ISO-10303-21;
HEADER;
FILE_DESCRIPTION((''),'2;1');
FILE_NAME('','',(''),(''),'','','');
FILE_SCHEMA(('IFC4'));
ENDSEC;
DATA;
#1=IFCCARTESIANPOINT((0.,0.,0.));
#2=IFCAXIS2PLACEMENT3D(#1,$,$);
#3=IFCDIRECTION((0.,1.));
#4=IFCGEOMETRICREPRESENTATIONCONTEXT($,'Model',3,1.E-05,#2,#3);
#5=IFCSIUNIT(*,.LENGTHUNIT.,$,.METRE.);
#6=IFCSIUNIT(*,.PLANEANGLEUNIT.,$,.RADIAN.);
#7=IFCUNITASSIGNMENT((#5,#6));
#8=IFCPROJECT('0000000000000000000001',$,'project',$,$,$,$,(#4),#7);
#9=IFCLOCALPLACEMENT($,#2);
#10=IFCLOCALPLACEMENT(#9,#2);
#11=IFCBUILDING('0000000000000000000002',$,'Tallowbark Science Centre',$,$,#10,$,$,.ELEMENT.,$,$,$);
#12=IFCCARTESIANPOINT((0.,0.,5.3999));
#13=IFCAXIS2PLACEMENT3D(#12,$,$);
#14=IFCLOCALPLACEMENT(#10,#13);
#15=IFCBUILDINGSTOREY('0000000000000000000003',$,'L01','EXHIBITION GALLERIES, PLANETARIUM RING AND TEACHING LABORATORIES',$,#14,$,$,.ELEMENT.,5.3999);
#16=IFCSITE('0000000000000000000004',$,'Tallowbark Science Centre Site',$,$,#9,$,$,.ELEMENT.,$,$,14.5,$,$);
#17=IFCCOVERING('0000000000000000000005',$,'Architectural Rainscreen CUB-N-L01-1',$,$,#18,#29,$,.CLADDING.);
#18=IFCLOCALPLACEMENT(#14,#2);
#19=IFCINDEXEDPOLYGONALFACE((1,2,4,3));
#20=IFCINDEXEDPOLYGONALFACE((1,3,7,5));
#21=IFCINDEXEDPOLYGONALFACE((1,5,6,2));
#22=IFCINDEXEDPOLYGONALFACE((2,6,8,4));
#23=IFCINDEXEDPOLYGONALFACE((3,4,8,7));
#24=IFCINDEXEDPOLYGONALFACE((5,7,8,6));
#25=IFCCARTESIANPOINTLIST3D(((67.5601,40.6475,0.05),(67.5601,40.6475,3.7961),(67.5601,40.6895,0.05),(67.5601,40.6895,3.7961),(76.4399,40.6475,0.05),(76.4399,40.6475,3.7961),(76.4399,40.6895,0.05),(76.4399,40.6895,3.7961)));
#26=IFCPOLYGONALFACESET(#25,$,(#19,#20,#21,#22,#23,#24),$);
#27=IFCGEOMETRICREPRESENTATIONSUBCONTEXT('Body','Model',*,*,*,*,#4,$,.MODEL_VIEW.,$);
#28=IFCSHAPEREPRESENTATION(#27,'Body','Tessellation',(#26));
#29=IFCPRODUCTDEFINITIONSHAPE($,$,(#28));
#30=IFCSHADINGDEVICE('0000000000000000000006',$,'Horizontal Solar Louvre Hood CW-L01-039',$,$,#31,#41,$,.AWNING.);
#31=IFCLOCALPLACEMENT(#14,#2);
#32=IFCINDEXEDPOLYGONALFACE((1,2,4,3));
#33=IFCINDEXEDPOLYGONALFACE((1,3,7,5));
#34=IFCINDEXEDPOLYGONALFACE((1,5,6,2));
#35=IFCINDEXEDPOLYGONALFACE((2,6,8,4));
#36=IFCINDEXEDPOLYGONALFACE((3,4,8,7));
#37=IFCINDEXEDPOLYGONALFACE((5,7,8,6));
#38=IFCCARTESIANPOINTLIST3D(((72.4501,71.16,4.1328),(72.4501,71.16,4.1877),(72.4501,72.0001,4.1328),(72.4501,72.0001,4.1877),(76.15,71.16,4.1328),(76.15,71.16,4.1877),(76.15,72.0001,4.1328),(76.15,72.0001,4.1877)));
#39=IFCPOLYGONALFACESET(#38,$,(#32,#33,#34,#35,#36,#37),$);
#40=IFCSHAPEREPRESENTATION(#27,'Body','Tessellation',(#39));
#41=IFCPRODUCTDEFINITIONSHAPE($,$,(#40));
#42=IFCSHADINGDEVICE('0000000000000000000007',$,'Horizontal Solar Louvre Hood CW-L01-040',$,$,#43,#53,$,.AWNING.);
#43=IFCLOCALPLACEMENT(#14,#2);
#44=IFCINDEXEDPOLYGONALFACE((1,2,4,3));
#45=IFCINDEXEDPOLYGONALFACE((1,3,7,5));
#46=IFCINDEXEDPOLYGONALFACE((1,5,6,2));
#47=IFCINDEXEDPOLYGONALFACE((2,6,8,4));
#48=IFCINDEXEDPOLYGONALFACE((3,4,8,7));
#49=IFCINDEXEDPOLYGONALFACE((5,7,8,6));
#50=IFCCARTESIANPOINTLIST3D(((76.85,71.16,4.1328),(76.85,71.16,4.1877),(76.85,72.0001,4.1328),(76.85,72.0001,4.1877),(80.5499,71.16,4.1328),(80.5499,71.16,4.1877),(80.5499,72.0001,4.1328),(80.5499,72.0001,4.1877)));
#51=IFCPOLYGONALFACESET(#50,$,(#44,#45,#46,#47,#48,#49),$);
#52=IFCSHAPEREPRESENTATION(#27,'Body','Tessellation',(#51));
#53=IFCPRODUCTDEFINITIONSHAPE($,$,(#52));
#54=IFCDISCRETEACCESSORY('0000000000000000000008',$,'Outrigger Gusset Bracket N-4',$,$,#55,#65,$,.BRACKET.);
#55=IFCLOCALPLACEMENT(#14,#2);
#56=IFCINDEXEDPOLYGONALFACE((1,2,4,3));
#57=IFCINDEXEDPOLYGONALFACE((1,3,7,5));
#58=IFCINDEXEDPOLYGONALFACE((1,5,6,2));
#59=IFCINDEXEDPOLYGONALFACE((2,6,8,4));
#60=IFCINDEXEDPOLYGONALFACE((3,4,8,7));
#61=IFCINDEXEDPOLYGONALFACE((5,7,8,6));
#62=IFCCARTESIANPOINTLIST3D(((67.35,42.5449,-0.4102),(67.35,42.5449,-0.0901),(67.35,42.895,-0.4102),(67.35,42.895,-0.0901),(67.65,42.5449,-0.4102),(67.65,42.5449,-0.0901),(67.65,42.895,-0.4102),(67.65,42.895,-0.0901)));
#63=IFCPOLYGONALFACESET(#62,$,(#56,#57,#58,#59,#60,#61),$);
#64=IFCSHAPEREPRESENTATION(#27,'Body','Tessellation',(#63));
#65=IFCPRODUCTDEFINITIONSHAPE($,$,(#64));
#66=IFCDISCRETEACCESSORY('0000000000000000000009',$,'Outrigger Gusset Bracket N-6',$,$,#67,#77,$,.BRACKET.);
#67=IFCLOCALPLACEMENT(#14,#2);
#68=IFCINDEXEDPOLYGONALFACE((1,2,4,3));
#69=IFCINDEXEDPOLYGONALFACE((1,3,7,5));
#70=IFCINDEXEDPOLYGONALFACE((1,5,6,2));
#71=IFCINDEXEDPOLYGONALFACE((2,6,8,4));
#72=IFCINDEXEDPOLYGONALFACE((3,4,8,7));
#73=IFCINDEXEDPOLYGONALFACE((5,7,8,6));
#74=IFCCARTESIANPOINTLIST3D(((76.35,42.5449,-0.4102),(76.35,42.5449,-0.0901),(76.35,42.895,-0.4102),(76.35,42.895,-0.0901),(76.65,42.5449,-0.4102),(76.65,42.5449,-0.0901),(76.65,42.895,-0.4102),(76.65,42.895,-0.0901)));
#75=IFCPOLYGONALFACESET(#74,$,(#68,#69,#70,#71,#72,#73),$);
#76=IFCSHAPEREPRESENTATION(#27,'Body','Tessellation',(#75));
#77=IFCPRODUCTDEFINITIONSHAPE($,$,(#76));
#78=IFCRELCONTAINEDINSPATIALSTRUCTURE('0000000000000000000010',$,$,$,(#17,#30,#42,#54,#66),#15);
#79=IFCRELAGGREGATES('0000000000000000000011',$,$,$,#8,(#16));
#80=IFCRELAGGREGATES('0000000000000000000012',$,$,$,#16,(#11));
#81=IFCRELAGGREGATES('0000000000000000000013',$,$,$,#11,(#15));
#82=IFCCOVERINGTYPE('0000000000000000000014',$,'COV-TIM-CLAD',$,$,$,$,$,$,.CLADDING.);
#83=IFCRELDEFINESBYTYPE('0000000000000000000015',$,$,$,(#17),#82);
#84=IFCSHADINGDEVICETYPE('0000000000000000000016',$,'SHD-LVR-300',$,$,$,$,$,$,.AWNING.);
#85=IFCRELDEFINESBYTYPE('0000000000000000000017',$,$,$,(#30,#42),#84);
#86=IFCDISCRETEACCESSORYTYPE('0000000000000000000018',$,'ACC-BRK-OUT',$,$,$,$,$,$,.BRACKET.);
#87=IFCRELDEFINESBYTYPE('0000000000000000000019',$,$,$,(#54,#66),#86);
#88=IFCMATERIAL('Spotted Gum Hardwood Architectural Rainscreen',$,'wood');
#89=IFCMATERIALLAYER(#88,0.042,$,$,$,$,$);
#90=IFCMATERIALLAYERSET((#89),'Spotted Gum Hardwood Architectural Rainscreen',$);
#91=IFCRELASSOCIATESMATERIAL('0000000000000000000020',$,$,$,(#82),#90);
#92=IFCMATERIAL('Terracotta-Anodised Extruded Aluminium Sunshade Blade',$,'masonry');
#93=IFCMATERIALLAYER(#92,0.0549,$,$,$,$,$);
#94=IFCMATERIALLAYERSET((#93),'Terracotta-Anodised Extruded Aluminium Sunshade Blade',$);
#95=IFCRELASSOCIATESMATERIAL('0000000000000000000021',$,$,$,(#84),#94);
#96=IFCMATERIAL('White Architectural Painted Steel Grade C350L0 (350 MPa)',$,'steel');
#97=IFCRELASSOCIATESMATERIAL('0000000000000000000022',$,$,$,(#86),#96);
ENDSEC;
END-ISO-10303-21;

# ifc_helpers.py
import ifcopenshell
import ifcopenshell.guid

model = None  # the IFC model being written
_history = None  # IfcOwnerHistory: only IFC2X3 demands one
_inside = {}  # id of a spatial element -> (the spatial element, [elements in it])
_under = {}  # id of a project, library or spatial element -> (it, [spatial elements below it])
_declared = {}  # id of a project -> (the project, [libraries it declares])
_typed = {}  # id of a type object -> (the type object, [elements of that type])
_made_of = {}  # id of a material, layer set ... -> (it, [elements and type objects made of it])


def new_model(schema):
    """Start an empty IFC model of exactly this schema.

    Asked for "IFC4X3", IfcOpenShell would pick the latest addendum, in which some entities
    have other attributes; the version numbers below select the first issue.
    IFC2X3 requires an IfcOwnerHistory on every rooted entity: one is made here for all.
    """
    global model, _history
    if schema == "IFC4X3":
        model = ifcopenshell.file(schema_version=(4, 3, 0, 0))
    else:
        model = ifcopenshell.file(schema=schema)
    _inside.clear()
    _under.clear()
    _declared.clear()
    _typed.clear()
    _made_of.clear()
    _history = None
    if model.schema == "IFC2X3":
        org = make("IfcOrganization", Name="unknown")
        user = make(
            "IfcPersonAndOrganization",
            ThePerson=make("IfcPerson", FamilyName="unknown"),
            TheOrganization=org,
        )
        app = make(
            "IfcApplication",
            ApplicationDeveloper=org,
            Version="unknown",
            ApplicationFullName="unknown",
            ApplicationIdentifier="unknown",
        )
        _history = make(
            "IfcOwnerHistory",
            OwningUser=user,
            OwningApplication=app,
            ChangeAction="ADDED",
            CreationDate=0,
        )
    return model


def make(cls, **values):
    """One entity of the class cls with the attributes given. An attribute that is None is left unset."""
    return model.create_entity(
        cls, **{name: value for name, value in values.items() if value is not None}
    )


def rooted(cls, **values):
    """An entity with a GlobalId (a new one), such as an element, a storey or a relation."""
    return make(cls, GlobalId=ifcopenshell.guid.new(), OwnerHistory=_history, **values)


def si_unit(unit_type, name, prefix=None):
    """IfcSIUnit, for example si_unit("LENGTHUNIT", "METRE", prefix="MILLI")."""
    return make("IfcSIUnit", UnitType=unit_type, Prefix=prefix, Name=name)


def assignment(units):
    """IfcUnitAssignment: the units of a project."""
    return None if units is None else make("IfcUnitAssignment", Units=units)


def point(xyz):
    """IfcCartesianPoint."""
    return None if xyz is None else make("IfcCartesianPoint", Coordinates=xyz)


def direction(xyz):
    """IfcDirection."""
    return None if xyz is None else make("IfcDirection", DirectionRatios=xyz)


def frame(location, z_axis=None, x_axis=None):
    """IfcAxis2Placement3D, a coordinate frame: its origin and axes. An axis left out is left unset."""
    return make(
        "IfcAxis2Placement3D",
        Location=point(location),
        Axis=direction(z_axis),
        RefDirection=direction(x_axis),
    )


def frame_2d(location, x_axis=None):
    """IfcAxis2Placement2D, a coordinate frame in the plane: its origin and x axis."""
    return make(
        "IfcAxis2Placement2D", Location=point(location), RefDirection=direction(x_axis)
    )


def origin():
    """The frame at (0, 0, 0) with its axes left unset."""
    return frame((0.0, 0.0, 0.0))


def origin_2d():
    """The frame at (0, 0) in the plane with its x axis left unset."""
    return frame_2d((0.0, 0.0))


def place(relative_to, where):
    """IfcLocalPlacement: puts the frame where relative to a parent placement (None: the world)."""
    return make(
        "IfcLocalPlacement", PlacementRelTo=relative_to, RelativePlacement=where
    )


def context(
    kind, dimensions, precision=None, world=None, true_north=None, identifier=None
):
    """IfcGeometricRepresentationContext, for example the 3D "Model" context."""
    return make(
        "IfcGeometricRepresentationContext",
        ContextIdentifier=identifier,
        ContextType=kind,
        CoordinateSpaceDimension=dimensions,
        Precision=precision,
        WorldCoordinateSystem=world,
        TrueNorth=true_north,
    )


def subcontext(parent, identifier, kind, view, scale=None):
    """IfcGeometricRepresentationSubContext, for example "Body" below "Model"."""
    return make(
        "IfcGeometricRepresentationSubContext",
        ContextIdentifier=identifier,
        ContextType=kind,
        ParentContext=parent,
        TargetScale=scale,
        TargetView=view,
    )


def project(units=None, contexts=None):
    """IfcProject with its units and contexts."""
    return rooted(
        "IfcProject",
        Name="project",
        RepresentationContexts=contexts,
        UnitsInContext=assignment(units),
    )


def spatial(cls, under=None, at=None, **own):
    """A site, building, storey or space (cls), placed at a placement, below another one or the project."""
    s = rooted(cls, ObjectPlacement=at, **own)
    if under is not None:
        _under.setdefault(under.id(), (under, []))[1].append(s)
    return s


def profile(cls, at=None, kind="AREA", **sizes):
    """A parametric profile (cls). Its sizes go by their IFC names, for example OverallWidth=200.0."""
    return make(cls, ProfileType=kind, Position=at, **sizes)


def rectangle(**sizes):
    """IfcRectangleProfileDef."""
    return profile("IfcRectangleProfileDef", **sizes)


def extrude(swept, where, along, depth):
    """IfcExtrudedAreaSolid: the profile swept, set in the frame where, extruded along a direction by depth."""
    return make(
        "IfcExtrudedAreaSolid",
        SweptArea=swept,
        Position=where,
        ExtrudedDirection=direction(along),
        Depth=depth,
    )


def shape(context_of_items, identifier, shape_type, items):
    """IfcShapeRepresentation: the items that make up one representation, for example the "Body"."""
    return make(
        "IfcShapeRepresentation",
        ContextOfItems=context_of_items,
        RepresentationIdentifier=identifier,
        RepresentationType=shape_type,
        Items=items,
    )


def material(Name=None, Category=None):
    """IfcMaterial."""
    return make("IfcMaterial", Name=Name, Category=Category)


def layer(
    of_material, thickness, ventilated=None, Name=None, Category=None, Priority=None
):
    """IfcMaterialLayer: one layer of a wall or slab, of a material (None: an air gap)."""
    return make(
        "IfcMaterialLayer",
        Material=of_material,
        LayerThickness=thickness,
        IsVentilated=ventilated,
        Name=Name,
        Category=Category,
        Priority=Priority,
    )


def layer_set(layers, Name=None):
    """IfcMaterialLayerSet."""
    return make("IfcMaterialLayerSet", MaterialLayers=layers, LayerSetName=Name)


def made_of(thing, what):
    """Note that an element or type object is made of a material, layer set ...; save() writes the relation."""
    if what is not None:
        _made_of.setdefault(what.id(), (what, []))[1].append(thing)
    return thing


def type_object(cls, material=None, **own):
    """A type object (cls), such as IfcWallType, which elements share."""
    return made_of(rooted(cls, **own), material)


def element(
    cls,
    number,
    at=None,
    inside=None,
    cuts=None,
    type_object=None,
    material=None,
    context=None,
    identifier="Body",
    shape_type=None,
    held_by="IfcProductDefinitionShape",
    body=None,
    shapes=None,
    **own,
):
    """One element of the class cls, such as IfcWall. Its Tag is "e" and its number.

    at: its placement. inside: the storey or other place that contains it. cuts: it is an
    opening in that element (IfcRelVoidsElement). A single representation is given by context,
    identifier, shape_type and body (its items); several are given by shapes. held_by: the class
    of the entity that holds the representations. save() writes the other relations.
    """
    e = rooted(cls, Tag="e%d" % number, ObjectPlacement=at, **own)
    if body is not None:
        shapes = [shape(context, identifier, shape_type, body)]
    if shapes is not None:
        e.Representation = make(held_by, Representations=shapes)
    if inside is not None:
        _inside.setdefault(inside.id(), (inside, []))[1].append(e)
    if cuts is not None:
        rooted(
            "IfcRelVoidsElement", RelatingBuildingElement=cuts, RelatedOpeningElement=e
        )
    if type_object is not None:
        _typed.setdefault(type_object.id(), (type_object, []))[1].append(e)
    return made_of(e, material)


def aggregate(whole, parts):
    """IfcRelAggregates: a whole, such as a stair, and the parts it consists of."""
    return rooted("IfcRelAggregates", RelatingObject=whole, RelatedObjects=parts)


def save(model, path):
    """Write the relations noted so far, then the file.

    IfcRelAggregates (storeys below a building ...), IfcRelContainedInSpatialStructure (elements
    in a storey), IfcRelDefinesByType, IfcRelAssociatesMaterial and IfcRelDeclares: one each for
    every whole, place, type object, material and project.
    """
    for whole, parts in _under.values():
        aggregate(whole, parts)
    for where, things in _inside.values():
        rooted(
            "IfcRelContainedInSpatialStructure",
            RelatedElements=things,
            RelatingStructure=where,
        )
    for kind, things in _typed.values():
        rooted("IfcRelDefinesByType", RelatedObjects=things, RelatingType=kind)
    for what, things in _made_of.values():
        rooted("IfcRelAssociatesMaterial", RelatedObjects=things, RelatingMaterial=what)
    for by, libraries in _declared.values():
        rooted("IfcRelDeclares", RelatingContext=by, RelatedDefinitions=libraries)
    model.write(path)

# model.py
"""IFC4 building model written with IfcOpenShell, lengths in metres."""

from ifc_helpers import new_model, si_unit, direction, frame, origin, origin_2d, place, context, subcontext, project, spatial, rectangle, extrude, material, layer, layer_set, type_object, element, save


model = new_model("IFC4")

# Units and contexts
model_context = context("Model", 3, precision=1e-05, world=origin(), true_north=direction((0.0, 1.0)))
body_context = subcontext(model_context, "Body", "Model", "MODEL_VIEW")
ifc_project = project(units=[si_unit("LENGTHUNIT", "METRE"), si_unit("PLANEANGLEUNIT", "RADIAN")], contexts=[model_context])

# Site, building, storey
site_placement = place(None, origin())
site = spatial("IfcSite", under=ifc_project, at=site_placement, Name="Tallowbark Science Centre Site", CompositionType="ELEMENT", RefElevation=14.5)
building_placement = place(site_placement, origin())
building = spatial("IfcBuilding", under=site, at=building_placement, Name="Tallowbark Science Centre", CompositionType="ELEMENT")
storey_placement = place(building_placement, frame((0.0, 0.0, 5.3999)))
storey = spatial("IfcBuildingStorey", under=building, at=storey_placement, Name="L01", Description="EXHIBITION GALLERIES, PLANETARIUM RING AND TEACHING LABORATORIES", CompositionType="ELEMENT", Elevation=5.3999)

# Shared definitions
ifc_material_1 = material(Name="White Architectural Painted Steel Grade C350L0 (350 MPa)", Category="steel")

# Covering
ifc_material_2 = material(Name="Spotted Gum Hardwood Architectural Rainscreen", Category="wood")
ifc_layer_1 = layer(ifc_material_2, 0.042)
ifc_layer_set_1 = layer_set([ifc_layer_1], Name="Spotted Gum Hardwood Architectural Rainscreen")
covering_type_1 = type_object("IfcCoveringType", Name="COV-TIM-CLAD", PredefinedType="CLADDING", material=ifc_layer_set_1)
covering_1_placement = place(storey_placement, frame((72.0, 40.6685, 0.05), z_axis=(0.0, 0.0, 1.0), x_axis=(-1.0, 0.0, 0.0)))
element("IfcCovering", 1, at=covering_1_placement, inside=storey, type_object=covering_type_1, Name="Architectural Rainscreen CUB-N-L01-1", PredefinedType="CLADDING", context=body_context, shape_type="SweptSolid", body=[
    extrude(rectangle(XDim=8.8799, YDim=0.042, at=origin_2d()), origin(), (0.0, 0.0, 1.0), 3.7461),
])

# Shading devices
ifc_material_3 = material(Name="Terracotta-Anodised Extruded Aluminium Sunshade Blade", Category="masonry")
ifc_layer_2 = layer(ifc_material_3, 0.0549)
ifc_layer_set_2 = layer_set([ifc_layer_2], Name="Terracotta-Anodised Extruded Aluminium Sunshade Blade")
shading_device_type = type_object("IfcShadingDeviceType", Name="SHD-LVR-300", PredefinedType="AWNING", material=ifc_layer_set_2)
for number, where, z_axis, x_axis, name in (
    (2, (74.3, 71.5801, 4.1328), (0.0, 0.0, 1.0), (1.0, 0.0, 0.0), "Horizontal Solar Louvre Hood CW-L01-039"),
    (3, (78.7, 71.5801, 4.1328), (0.0, 0.0, 1.0), (1.0, 0.0, 0.0), "Horizontal Solar Louvre Hood CW-L01-040"),
):
    element("IfcShadingDevice", number, at=place(storey_placement, frame(where, z_axis=z_axis, x_axis=x_axis)), inside=storey, type_object=shading_device_type, Name=name, PredefinedType="AWNING", context=body_context, shape_type="SweptSolid", body=[
        extrude(rectangle(XDim=3.7, YDim=0.8401, at=origin_2d()), origin(), (0.0, 0.0, 1.0), 0.0549),
    ])

# Discrete accessories
discrete_accessory_type = type_object("IfcDiscreteAccessoryType", Name="ACC-BRK-OUT", PredefinedType="BRACKET", material=ifc_material_1)
for number, where, z_axis, x_axis, name in (
    (4, (67.5, 42.72, -0.4102), (0.0, 0.0, 1.0), (1.0, 0.0, 0.0), "Outrigger Gusset Bracket N-4"),
    (5, (76.5, 42.72, -0.4102), (0.0, 0.0, 1.0), (1.0, 0.0, 0.0), "Outrigger Gusset Bracket N-6"),
):
    element("IfcDiscreteAccessory", number, at=place(storey_placement, frame(where, z_axis=z_axis, x_axis=x_axis)), inside=storey, type_object=discrete_accessory_type, Name=name, PredefinedType="BRACKET", context=body_context, shape_type="SweptSolid", body=[
        extrude(rectangle(XDim=0.3, YDim=0.3501, at=origin_2d()), origin(), (0.0, 0.0, 1.0), 0.3201),
    ])

save(model, "model.ifc")
